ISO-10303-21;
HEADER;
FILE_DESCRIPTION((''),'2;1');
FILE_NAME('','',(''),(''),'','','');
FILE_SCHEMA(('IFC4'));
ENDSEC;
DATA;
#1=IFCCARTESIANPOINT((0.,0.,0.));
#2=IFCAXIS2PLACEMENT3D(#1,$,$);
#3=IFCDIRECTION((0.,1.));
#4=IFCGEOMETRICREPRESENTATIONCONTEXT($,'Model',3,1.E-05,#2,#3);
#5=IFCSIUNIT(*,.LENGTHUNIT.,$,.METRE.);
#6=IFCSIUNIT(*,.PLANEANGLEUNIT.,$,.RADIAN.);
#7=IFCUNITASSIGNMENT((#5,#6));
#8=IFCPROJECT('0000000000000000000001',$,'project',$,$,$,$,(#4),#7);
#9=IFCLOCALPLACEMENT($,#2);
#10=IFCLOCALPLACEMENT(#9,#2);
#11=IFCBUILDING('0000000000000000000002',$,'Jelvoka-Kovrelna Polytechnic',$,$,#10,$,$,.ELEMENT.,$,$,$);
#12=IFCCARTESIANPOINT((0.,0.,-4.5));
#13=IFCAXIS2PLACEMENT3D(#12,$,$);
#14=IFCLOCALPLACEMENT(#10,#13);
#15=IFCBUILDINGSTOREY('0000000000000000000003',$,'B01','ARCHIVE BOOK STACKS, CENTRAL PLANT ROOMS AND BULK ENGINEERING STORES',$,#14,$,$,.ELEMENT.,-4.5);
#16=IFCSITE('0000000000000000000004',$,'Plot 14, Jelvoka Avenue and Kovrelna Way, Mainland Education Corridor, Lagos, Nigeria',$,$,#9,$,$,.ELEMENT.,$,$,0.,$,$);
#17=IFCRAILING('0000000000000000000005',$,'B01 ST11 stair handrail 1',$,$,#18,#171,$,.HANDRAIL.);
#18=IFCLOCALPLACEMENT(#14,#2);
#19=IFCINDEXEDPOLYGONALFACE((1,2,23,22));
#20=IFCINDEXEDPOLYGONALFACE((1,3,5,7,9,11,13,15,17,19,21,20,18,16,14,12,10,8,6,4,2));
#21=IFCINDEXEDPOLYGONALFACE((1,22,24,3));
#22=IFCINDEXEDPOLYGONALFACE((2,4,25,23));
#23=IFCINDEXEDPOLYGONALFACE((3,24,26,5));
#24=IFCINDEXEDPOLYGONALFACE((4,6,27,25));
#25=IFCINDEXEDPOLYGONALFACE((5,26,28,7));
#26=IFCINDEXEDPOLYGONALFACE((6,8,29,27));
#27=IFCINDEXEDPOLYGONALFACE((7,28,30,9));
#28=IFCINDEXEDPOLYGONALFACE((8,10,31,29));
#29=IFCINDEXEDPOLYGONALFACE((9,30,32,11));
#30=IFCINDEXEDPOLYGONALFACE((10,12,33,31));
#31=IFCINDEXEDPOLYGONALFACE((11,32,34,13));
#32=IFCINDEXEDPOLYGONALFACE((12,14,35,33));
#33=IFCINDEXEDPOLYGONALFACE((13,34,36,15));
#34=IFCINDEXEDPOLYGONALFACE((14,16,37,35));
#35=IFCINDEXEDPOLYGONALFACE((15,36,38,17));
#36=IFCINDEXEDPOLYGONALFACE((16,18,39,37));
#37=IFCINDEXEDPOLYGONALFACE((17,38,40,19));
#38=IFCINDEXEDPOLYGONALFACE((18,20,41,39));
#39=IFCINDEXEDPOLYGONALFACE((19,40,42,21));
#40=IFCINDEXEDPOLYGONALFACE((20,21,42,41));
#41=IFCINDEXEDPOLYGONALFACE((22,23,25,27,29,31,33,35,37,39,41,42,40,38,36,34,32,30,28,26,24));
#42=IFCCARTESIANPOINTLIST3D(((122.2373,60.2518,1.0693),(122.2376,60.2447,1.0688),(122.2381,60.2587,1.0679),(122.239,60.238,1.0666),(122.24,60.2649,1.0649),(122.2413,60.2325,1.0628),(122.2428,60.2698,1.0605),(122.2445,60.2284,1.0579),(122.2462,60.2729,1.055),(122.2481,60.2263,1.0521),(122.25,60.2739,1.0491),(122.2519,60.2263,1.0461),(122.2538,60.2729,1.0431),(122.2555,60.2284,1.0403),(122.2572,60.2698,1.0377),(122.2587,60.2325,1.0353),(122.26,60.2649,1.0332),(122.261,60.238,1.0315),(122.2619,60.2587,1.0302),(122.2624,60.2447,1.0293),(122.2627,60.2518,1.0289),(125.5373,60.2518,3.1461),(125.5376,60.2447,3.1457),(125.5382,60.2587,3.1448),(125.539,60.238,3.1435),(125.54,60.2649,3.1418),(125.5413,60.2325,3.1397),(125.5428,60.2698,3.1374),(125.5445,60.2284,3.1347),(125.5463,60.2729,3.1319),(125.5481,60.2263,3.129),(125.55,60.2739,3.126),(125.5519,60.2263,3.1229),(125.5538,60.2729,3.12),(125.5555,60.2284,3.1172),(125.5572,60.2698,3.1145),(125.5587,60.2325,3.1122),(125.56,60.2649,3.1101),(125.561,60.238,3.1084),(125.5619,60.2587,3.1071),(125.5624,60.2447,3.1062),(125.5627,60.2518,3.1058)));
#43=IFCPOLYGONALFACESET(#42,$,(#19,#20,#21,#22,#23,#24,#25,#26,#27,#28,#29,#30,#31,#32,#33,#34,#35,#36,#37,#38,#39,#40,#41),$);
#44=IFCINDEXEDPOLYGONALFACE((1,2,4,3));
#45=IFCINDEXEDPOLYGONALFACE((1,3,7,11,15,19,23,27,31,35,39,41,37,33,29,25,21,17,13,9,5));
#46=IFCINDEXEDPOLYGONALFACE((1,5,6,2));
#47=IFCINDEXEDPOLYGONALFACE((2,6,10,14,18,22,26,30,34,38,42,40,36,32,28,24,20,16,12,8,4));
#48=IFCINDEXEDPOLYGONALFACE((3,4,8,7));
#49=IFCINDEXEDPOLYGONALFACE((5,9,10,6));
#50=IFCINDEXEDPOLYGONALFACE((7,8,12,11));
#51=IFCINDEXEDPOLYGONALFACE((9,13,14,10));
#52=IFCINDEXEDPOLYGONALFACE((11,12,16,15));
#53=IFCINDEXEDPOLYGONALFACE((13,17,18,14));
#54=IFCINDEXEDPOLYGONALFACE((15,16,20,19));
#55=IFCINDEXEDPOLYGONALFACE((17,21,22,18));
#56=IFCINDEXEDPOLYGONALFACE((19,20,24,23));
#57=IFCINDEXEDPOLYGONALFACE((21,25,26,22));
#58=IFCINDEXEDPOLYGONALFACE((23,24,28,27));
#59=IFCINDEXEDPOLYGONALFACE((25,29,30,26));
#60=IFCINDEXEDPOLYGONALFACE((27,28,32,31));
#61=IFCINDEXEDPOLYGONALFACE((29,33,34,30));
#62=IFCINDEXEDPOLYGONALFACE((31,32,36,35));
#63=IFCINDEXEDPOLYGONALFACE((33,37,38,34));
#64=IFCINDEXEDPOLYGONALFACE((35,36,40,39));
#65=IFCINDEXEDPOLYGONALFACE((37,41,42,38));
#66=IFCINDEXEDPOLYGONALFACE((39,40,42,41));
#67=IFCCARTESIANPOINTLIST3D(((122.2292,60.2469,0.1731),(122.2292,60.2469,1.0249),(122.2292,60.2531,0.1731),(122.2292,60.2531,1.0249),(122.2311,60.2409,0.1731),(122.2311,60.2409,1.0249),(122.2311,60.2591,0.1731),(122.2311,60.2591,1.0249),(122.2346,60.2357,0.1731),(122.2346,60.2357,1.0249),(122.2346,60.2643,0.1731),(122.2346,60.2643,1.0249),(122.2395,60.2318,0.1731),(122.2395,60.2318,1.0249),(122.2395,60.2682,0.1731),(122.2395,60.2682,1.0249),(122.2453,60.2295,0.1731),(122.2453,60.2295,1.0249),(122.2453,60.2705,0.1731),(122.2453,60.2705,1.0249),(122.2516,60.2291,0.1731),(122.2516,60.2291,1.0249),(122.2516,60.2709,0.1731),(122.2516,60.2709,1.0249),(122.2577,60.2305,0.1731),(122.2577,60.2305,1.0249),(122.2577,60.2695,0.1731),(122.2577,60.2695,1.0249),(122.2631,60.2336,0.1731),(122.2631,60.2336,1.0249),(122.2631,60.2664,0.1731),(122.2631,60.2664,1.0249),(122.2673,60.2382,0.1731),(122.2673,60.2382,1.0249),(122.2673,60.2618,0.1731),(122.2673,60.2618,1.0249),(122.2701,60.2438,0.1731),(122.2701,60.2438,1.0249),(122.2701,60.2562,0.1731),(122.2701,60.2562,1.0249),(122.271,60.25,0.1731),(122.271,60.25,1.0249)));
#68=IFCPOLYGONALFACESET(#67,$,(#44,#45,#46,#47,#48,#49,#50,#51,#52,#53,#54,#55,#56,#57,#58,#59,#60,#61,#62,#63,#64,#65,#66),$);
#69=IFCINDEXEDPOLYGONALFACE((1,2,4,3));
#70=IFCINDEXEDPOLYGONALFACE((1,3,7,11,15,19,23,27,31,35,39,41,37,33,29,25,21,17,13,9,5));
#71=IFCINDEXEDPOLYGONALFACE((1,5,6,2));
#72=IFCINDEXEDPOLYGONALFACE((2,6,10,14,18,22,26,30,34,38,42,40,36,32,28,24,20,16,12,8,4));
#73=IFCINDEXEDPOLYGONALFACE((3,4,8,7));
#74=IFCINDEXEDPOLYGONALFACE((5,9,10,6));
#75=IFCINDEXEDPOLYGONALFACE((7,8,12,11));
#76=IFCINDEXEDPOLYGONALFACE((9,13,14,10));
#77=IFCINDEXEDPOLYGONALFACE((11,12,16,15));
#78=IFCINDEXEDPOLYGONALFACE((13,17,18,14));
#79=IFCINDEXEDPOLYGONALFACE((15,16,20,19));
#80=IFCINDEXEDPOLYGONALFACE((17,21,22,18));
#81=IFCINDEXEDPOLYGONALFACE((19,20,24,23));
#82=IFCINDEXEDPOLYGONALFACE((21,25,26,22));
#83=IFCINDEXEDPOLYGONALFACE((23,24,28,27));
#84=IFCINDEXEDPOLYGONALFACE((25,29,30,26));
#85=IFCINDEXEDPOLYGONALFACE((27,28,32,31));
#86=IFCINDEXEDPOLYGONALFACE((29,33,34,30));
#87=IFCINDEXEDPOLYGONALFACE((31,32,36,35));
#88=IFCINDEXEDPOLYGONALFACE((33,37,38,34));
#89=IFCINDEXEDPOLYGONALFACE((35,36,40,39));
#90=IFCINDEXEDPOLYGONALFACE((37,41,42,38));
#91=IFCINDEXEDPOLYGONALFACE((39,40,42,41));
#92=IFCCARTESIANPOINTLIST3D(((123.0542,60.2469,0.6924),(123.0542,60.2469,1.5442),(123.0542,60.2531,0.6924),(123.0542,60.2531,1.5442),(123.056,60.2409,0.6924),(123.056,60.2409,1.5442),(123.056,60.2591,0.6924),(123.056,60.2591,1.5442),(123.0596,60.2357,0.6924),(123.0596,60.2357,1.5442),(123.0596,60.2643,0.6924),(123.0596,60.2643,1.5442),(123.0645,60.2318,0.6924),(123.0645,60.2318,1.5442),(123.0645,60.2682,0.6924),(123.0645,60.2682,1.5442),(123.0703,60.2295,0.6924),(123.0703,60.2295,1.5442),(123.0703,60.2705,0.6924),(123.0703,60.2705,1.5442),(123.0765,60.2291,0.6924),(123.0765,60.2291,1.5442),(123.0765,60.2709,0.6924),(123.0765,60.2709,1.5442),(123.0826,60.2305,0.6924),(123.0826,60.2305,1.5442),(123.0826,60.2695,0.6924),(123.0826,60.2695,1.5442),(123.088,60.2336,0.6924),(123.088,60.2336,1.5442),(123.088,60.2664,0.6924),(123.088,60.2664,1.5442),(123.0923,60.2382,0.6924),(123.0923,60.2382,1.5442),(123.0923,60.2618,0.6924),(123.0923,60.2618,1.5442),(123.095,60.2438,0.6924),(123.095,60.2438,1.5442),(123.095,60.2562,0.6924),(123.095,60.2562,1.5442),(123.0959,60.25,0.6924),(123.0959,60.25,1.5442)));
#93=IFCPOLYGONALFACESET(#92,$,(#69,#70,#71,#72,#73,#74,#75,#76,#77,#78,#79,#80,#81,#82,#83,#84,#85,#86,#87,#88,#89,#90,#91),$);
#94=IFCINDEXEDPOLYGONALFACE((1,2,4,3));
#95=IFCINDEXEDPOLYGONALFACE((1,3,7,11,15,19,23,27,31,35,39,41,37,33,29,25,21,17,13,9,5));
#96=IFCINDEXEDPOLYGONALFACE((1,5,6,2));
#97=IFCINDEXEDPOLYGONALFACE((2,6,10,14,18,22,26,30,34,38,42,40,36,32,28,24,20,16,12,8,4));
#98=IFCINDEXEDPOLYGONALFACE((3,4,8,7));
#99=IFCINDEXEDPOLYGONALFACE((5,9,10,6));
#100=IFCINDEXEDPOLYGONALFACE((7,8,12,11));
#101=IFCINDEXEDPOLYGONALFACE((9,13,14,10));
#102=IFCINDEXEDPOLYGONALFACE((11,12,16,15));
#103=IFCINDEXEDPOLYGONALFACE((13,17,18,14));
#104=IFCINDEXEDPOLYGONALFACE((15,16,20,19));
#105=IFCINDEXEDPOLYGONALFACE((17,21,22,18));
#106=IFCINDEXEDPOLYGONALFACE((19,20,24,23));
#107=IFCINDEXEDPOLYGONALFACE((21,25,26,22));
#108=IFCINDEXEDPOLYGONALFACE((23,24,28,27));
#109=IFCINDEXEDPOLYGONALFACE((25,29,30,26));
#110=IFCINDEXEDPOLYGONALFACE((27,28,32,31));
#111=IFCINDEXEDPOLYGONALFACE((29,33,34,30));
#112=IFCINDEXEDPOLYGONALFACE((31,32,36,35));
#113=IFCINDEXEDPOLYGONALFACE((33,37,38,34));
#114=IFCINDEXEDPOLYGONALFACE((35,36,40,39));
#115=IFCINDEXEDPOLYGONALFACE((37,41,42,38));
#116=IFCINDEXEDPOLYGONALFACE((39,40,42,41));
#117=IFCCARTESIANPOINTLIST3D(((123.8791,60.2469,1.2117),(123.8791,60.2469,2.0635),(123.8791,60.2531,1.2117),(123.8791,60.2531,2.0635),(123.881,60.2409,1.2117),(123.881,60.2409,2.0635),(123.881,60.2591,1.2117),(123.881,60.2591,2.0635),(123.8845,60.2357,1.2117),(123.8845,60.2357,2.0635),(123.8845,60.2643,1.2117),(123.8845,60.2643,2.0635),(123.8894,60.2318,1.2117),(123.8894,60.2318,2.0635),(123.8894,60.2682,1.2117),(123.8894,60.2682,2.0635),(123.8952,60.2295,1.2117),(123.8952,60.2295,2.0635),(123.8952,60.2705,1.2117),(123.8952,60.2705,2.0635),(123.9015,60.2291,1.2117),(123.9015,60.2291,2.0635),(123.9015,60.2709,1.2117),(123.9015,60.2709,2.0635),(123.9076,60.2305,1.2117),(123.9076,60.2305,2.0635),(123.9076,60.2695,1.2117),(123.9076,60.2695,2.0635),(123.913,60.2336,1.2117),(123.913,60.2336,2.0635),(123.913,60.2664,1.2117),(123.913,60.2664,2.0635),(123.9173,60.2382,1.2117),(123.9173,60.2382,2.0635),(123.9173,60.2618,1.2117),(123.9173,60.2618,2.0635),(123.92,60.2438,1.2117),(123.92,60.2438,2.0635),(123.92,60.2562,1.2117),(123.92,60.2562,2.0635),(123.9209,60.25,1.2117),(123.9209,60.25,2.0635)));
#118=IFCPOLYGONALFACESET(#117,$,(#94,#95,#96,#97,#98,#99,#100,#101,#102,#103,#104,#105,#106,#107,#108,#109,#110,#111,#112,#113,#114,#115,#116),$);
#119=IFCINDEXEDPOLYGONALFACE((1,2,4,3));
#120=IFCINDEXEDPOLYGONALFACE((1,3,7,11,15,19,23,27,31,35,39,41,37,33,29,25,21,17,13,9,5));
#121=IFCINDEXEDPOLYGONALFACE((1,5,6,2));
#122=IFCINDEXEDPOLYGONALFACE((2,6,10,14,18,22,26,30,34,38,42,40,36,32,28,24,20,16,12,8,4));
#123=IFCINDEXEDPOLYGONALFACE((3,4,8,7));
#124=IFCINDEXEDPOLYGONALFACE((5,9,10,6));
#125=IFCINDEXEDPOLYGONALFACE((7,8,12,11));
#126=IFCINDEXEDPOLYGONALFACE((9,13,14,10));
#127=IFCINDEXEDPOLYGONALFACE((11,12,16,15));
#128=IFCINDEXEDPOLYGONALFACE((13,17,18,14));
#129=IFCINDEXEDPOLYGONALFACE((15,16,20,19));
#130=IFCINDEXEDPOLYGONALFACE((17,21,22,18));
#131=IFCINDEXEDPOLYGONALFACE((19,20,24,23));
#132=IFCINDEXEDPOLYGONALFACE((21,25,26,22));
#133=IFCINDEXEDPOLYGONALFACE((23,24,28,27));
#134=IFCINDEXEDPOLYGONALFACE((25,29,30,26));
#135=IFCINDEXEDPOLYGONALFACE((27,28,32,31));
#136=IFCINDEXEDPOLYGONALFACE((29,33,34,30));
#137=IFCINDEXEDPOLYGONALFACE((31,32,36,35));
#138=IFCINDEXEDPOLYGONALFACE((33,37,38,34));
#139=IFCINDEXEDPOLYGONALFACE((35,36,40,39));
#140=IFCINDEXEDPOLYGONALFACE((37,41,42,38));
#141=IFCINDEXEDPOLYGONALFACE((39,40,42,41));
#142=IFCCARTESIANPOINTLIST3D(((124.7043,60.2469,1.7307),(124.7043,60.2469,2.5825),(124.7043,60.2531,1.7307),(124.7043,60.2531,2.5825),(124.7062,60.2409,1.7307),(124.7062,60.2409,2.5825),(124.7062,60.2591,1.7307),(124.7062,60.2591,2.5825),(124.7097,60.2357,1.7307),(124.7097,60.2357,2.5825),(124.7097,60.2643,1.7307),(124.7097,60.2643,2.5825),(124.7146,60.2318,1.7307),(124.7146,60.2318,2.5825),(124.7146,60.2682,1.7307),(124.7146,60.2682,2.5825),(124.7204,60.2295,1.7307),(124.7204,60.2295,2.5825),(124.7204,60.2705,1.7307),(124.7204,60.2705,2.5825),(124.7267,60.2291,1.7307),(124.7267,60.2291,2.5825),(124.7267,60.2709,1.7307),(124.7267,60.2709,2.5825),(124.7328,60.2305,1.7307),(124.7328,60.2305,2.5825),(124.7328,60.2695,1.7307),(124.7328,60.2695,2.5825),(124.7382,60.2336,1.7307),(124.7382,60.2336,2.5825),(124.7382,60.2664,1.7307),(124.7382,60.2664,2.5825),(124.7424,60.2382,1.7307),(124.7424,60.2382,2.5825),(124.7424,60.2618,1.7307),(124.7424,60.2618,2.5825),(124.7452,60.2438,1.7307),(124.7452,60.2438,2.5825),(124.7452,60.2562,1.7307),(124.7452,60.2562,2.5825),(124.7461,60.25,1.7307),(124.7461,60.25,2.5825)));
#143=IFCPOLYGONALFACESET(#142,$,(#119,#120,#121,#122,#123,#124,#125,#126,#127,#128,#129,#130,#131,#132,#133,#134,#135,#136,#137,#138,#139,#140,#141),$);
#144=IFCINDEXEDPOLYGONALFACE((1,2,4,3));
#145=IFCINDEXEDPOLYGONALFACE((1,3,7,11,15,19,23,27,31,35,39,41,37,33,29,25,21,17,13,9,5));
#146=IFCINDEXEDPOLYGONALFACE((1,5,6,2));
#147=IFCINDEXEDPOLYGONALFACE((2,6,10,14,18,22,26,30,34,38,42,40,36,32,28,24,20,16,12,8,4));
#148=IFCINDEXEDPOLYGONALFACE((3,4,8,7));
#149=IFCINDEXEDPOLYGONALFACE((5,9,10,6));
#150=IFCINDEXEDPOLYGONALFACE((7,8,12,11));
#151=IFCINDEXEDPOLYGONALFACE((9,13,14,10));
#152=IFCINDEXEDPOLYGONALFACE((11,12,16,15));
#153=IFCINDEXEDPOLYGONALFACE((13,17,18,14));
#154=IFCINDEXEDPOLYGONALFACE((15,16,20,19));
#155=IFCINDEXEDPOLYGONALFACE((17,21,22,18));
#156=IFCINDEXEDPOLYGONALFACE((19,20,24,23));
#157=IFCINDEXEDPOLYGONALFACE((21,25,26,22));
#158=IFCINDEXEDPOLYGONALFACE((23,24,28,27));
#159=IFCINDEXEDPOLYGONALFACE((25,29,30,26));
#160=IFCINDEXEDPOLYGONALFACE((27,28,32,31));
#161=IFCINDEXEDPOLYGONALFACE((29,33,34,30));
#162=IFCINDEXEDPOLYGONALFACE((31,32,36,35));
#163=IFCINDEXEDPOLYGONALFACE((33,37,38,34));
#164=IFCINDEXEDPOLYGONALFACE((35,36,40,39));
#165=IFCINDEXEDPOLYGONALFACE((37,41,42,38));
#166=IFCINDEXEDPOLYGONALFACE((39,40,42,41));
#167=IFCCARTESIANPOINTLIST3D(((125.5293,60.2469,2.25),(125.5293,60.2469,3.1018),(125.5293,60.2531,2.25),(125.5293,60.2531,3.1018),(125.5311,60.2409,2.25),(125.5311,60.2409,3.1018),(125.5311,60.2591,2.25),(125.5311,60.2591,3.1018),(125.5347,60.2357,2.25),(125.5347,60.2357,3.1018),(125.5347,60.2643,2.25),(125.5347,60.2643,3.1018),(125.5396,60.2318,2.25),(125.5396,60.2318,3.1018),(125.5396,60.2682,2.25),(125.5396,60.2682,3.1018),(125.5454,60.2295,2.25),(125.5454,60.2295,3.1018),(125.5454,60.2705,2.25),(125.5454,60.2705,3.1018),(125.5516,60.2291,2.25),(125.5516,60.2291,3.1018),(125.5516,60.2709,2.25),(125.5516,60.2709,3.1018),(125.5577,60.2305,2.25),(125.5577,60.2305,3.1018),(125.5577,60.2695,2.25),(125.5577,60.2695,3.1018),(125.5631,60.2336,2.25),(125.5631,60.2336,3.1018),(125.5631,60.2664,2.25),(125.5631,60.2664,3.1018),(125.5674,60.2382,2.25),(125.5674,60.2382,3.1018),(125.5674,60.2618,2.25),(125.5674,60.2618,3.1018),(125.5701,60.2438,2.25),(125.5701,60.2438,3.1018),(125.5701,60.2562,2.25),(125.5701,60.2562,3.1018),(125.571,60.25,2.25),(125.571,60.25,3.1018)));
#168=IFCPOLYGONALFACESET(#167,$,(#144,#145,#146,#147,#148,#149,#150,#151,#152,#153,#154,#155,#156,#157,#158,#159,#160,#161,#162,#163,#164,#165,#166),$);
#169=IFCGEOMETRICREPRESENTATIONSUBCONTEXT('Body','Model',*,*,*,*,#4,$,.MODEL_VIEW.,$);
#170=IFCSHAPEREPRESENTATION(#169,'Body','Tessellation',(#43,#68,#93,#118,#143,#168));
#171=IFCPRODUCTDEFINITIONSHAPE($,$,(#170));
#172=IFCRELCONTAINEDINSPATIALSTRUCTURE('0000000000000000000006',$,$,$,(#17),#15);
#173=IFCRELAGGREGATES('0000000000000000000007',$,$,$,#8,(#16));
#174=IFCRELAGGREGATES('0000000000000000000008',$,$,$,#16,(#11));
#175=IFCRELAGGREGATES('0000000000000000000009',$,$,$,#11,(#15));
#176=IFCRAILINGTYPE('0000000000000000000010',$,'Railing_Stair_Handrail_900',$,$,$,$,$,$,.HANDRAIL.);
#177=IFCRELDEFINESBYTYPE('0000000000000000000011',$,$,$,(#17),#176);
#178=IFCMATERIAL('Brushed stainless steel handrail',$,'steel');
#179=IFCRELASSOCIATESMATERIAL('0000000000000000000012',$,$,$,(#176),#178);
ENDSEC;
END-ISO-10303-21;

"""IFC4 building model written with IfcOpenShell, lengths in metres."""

from ifc_helpers import new_model, si_unit, direction, frame, origin, origin_2d, place, context, subcontext, project, spatial, circle, extrude, material, type_object, element, save


model = new_model("IFC4")

# Units and contexts
model_context = context("Model", 3, precision=1e-05, world=origin(), true_north=direction((0.0, 1.0)))
body_context = subcontext(model_context, "Body", "Model", "MODEL_VIEW")
ifc_project = project(units=[si_unit("LENGTHUNIT", "METRE"), si_unit("PLANEANGLEUNIT", "RADIAN")], contexts=[model_context])

# Site, building, storey
site_placement = place(None, origin())
site = spatial("IfcSite", under=ifc_project, at=site_placement, Name="Plot 14, Jelvoka Avenue and Kovrelna Way, Mainland Education Corridor, Lagos, Nigeria", CompositionType="ELEMENT", RefElevation=0.0)
building_placement = place(site_placement, origin())
building = spatial("IfcBuilding", under=site, at=building_placement, Name="Jelvoka-Kovrelna Polytechnic", CompositionType="ELEMENT")
storey_placement = place(building_placement, frame((0.0, 0.0, -4.5)))
storey = spatial("IfcBuildingStorey", under=building, at=storey_placement, Name="B01", Description="ARCHIVE BOOK STACKS, CENTRAL PLANT ROOMS AND BULK ENGINEERING STORES", CompositionType="ELEMENT", Elevation=-4.5)

# Railing
ifc_material_1 = material(Name="Brushed stainless steel handrail", Category="steel")
railing_type = type_object("IfcRailingType", Name="Railing_Stair_Handrail_900", PredefinedType="HANDRAIL", material=ifc_material_1)
railing_placement = place(storey_placement, frame((122.25, 60.25, 0.1731)))
element("IfcRailing", 1, at=railing_placement, inside=storey, type_object=railing_type, Name="B01 ST11 stair handrail 1", PredefinedType="HANDRAIL", context=body_context, shape_type="SweptSolid", body=[
    extrude(circle(Radius=0.0239, at=origin_2d()), frame((0.0, 0.0, 0.876), z_axis=(0.846337, 0.0, 0.532647), x_axis=(0.0, 1.0, 0.0)), (0.0, 0.0, 1.0), 3.8992),
    extrude(circle(Radius=0.021, at=origin_2d()), origin(), (0.0, 0.0, 1.0), 0.8518),
    extrude(circle(Radius=0.021, at=origin_2d()), frame((0.825, 0.0, 0.5193)), (0.0, 0.0, 1.0), 0.8518),
    extrude(circle(Radius=0.021, at=origin_2d()), frame((1.6499, 0.0, 1.0386)), (0.0, 0.0, 1.0), 0.8518),
    extrude(circle(Radius=0.021, at=origin_2d()), frame((2.4751, 0.0, 1.5576)), (0.0, 0.0, 1.0), 0.8518),
    extrude(circle(Radius=0.021, at=origin_2d()), frame((3.3, 0.0, 2.0769)), (0.0, 0.0, 1.0), 0.8518),
])

save(model, "model.ifc")
